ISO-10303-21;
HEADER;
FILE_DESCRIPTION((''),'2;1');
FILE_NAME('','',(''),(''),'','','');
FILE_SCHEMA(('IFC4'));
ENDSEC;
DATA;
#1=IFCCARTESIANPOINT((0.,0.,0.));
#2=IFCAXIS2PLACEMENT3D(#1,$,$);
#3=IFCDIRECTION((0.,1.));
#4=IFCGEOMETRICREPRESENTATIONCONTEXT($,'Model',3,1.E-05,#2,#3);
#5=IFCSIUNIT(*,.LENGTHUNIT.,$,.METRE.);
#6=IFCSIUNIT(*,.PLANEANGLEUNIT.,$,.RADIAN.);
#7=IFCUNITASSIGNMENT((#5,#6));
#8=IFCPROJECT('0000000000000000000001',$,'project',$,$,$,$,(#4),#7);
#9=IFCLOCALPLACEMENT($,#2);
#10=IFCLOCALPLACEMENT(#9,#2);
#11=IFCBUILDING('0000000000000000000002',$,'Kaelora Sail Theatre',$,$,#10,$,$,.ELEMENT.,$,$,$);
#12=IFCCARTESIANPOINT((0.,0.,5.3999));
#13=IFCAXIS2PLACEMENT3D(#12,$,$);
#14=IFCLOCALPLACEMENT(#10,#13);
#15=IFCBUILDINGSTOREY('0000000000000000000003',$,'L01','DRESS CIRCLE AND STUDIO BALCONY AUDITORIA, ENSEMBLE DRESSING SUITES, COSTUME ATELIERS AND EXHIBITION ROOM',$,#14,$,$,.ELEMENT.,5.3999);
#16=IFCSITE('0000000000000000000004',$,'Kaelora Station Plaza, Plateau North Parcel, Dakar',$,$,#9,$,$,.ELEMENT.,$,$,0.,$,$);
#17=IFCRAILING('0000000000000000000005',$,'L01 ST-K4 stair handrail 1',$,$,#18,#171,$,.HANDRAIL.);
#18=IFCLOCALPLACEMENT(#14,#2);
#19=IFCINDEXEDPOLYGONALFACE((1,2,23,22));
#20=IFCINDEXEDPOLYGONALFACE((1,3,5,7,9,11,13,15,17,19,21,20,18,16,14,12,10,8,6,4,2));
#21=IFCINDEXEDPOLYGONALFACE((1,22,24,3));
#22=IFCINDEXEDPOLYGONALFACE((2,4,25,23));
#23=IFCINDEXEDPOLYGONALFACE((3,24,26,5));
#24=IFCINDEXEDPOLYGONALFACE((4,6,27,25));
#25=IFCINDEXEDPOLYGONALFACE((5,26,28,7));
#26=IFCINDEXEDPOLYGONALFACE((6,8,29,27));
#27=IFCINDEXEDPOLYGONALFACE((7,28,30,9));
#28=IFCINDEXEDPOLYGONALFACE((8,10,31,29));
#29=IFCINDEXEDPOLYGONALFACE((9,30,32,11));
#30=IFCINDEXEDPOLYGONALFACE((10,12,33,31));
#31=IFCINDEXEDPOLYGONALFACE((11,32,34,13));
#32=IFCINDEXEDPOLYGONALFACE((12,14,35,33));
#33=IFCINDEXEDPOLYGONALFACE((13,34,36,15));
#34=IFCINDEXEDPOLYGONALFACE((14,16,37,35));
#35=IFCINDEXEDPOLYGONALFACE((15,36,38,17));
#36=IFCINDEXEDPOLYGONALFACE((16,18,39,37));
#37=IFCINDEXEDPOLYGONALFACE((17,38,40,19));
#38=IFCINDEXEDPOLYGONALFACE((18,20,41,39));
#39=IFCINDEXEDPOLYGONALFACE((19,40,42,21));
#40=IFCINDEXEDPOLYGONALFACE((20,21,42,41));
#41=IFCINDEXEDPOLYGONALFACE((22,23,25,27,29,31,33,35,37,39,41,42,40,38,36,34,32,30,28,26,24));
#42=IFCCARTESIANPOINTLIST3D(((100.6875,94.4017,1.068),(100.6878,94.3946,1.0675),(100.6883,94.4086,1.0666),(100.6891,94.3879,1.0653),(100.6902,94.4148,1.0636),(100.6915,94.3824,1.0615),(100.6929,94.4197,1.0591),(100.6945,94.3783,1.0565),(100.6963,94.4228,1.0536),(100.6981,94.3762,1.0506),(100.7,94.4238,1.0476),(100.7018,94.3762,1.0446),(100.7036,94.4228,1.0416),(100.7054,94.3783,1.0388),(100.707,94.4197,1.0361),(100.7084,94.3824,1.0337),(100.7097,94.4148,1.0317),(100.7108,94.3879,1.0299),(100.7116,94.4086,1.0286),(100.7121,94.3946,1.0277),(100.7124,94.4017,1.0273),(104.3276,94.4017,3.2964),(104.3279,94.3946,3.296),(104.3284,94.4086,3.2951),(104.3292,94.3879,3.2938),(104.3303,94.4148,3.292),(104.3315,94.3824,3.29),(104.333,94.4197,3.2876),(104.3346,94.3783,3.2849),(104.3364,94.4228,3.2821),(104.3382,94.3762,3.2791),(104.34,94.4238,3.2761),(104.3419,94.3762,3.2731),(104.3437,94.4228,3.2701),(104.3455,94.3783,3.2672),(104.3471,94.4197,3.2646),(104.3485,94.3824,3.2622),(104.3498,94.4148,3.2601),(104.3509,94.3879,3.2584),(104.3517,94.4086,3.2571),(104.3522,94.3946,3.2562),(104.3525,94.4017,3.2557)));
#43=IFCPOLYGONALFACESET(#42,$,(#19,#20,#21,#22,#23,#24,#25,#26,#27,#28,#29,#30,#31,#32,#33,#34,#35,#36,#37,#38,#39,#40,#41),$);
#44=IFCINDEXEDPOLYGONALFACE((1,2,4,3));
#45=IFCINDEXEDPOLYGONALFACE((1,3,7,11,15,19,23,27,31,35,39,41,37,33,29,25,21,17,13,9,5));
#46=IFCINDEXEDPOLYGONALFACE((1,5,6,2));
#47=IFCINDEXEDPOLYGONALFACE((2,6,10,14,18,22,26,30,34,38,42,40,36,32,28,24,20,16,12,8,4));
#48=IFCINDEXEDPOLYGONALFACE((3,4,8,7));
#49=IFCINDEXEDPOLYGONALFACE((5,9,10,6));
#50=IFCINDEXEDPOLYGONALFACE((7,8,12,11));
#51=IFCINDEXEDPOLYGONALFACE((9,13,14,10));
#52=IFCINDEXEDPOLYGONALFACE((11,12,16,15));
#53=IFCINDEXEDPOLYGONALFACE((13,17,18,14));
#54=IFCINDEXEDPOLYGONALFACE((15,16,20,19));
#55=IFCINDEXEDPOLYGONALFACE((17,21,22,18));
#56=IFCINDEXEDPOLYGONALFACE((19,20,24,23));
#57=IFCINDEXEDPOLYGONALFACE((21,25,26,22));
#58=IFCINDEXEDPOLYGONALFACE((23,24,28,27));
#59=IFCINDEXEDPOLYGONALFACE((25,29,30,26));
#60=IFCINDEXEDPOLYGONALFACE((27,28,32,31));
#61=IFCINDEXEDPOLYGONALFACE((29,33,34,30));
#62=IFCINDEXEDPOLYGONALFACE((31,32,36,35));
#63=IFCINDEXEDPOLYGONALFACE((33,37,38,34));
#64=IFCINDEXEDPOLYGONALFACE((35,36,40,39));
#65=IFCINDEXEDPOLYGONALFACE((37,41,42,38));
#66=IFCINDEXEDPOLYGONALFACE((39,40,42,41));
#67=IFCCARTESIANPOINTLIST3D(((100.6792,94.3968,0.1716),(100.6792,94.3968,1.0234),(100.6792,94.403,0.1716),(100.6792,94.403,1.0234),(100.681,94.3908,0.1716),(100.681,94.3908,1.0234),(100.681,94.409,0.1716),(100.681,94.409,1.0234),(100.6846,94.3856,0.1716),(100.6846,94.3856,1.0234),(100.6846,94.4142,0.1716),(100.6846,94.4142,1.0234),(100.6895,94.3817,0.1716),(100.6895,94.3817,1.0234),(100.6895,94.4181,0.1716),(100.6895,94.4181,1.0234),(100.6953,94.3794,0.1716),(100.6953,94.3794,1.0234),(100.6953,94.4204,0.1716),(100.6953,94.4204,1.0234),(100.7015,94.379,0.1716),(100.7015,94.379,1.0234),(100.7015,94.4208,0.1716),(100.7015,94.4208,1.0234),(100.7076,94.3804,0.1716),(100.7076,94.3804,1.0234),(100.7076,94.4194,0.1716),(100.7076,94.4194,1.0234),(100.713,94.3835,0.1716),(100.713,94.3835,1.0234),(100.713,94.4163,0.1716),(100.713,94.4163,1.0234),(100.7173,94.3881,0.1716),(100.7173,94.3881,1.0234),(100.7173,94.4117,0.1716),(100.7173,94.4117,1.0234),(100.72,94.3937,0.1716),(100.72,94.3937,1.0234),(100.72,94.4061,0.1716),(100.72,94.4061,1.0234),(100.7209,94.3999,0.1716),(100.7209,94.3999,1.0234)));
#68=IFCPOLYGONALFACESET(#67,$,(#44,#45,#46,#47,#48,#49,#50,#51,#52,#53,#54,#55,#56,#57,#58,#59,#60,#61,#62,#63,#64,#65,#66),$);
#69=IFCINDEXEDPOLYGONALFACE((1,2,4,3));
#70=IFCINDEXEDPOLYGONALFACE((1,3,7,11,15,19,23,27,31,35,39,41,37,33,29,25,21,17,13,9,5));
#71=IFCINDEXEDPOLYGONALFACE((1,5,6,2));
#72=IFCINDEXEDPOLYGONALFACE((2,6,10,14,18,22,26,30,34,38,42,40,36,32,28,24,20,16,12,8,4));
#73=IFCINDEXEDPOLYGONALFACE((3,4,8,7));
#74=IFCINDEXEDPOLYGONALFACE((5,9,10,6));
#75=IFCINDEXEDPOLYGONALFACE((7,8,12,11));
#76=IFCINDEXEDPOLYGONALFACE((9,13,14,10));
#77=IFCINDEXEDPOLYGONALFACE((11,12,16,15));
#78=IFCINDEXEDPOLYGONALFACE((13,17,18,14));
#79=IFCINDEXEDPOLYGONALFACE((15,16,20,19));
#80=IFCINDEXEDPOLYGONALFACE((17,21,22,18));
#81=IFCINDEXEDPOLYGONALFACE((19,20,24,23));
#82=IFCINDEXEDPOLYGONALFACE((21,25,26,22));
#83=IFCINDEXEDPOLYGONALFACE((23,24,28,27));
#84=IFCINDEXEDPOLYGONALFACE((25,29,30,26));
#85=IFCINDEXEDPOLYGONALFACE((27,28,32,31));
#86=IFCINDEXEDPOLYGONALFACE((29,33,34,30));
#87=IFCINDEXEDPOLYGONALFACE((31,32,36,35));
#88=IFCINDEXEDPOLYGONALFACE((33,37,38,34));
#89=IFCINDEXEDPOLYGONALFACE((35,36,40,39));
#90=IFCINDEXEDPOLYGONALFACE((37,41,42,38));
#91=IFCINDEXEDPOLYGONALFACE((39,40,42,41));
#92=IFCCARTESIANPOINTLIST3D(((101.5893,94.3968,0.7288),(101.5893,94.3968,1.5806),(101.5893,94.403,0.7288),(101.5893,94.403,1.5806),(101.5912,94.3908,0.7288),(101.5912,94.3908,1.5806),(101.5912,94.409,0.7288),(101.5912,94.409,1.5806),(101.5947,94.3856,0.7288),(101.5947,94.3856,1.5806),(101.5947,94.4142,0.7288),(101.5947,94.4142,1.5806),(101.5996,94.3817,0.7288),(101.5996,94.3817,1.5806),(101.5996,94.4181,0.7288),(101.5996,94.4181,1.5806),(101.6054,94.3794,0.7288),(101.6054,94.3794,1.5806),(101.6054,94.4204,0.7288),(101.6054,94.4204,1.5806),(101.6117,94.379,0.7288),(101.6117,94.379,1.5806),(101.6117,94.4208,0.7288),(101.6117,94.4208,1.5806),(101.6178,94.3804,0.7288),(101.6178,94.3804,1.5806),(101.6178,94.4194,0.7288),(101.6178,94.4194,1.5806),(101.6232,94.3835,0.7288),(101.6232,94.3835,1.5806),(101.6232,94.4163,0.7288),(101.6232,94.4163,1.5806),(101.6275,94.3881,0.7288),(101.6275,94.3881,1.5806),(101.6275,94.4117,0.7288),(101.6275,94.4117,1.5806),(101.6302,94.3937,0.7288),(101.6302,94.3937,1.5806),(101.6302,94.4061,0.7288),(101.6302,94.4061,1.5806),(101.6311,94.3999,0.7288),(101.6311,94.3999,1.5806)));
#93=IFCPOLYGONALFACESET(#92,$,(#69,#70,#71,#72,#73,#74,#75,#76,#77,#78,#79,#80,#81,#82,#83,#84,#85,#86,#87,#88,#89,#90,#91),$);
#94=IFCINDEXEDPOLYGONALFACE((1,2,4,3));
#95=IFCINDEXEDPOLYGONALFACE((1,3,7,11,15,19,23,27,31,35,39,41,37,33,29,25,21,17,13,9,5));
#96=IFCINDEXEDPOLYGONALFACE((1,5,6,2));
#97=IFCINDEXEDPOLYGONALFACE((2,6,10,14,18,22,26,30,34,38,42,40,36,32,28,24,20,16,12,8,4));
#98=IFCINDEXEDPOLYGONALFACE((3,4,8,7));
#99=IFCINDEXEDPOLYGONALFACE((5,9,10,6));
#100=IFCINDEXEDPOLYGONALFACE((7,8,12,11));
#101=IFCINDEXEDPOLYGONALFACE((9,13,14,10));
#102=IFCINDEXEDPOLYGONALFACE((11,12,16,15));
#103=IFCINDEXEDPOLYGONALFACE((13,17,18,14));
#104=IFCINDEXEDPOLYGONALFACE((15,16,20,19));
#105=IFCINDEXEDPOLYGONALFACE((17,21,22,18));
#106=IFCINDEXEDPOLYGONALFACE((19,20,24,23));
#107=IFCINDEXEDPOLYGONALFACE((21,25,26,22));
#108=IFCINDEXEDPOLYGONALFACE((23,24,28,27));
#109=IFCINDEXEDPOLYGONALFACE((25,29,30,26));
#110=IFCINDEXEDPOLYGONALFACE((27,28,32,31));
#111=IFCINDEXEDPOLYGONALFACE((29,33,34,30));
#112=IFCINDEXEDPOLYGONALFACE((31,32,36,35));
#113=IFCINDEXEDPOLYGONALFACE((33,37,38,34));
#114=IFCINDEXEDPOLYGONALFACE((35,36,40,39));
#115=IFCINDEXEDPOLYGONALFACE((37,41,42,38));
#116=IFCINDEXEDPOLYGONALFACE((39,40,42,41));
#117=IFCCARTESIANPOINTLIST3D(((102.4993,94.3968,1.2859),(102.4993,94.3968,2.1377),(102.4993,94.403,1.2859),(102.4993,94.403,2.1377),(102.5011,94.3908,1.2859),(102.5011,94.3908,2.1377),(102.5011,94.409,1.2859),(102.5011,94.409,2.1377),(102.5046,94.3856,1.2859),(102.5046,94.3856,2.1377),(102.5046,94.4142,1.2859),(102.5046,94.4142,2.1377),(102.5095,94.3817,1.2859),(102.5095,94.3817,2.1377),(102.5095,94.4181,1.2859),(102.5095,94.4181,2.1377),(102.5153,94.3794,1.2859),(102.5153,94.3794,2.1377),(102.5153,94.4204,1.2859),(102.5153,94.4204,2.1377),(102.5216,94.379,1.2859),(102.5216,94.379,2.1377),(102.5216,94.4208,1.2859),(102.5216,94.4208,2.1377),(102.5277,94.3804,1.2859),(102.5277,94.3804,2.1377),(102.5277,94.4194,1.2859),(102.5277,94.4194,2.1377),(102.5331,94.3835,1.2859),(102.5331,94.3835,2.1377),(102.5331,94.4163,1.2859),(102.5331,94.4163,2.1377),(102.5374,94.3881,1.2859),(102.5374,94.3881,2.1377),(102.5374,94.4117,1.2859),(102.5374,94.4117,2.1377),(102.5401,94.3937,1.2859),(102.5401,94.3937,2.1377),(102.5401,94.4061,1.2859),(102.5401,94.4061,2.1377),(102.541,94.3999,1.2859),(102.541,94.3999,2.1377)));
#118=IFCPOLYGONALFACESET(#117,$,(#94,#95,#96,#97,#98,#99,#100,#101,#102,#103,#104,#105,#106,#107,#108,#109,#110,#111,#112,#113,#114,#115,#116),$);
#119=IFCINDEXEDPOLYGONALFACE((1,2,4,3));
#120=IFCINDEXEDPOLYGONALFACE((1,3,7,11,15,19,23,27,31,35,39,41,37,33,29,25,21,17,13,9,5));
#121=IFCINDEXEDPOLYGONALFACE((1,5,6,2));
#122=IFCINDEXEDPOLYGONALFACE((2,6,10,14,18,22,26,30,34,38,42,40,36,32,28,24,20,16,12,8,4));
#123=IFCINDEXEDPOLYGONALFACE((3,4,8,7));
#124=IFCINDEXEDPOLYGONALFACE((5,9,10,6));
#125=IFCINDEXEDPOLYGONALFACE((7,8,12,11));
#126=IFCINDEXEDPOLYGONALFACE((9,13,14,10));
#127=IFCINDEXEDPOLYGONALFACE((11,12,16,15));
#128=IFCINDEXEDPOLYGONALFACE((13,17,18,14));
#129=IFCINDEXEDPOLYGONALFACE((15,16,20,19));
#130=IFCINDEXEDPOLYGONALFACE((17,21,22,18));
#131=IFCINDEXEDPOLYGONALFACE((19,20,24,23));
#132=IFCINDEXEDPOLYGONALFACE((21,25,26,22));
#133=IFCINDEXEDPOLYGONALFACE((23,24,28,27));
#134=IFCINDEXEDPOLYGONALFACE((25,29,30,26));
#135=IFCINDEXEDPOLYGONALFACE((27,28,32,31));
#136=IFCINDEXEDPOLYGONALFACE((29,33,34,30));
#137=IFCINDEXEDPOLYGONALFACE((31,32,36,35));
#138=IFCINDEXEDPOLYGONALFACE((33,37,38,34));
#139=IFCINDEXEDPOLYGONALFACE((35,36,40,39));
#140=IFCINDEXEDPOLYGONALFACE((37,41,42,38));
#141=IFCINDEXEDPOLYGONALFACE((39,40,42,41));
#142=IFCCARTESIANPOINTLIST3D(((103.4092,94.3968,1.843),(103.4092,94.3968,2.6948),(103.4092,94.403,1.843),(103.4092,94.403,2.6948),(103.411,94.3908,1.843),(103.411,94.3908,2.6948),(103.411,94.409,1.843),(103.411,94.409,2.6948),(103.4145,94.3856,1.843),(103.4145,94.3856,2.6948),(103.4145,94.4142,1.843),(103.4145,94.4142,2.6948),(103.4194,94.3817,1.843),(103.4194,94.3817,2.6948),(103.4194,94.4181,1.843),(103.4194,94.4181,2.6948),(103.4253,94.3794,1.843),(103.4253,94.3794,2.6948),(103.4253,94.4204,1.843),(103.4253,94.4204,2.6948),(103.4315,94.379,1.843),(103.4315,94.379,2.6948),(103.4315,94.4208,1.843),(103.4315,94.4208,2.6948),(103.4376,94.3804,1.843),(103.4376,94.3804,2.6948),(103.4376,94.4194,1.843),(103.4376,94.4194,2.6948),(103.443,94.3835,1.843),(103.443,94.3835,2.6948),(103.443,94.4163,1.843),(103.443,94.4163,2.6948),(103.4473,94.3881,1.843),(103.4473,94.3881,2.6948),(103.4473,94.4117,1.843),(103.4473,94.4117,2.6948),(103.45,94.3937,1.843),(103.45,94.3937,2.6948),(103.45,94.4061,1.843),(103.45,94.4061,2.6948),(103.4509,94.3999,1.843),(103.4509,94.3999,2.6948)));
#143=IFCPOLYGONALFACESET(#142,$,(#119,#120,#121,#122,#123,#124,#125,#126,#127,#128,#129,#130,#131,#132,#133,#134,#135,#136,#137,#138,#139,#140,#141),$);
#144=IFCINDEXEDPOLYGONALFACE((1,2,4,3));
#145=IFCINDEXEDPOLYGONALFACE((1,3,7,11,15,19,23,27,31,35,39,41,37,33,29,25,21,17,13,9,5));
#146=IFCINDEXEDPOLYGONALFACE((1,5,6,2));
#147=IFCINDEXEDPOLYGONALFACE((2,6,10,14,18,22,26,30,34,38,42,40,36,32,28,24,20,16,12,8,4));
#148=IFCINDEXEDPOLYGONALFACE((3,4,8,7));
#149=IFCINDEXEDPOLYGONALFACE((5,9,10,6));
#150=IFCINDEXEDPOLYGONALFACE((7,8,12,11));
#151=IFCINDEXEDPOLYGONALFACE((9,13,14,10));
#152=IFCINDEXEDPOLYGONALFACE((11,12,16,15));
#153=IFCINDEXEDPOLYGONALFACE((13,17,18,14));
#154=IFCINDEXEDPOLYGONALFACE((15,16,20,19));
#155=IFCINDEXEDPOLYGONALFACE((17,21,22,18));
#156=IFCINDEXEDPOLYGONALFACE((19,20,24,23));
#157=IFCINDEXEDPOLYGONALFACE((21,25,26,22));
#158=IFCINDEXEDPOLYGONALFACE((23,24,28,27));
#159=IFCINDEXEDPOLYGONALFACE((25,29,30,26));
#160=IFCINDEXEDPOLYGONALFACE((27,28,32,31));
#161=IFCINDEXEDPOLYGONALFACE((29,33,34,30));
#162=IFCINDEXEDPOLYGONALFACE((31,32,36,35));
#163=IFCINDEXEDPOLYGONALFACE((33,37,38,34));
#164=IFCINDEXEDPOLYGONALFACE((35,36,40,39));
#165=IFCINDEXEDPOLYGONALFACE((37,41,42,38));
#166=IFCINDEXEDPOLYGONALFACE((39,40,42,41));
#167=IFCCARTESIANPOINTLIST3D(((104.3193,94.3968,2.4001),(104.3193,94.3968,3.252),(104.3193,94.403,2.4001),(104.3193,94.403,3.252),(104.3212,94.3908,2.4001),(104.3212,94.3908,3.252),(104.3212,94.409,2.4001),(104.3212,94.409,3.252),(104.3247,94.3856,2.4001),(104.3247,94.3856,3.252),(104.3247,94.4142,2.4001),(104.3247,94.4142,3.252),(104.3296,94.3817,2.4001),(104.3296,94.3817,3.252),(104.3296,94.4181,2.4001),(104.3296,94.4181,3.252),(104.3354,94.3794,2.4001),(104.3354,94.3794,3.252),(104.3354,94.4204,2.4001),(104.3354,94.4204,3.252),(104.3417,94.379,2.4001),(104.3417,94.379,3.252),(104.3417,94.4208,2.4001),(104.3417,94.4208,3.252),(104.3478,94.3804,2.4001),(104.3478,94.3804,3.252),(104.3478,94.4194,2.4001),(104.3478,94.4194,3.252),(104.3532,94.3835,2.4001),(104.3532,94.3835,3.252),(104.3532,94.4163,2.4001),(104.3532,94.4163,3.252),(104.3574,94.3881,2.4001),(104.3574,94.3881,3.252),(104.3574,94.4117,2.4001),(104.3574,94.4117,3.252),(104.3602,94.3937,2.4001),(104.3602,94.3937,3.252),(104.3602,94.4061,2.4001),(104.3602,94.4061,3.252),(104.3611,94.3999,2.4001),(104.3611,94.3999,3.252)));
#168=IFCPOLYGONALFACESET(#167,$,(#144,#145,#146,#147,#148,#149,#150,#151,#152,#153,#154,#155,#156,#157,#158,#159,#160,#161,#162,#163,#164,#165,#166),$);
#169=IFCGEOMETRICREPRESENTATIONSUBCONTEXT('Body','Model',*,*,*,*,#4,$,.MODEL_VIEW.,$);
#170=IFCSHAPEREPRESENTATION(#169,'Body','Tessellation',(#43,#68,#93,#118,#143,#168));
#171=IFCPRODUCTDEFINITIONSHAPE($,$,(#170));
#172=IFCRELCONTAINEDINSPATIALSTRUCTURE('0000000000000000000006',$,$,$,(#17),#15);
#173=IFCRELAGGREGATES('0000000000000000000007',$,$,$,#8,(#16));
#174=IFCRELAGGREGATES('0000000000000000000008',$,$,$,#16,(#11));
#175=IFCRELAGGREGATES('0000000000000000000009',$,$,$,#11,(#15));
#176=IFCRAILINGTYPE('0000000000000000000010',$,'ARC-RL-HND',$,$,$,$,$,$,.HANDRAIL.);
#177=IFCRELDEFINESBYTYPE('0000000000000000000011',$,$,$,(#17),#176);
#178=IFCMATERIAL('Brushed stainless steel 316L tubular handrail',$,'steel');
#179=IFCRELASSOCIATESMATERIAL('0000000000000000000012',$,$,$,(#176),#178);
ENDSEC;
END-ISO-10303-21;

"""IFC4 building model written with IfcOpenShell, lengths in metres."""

from ifc_helpers import new_model, si_unit, direction, frame, origin, origin_2d, place, context, subcontext, project, spatial, circle, extrude, material, type_object, element, save


model = new_model("IFC4")

# Units and contexts
model_context = context("Model", 3, precision=1e-05, world=origin(), true_north=direction((0.0, 1.0)))
body_context = subcontext(model_context, "Body", "Model", "MODEL_VIEW")
ifc_project = project(units=[si_unit("LENGTHUNIT", "METRE"), si_unit("PLANEANGLEUNIT", "RADIAN")], contexts=[model_context])

# Site, building, storey
site_placement = place(None, origin())
site = spatial("IfcSite", under=ifc_project, at=site_placement, Name="Kaelora Station Plaza, Plateau North Parcel, Dakar", CompositionType="ELEMENT", RefElevation=0.0)
building_placement = place(site_placement, origin())
building = spatial("IfcBuilding", under=site, at=building_placement, Name="Kaelora Sail Theatre", CompositionType="ELEMENT")
storey_placement = place(building_placement, frame((0.0, 0.0, 5.3999)))
storey = spatial("IfcBuildingStorey", under=building, at=storey_placement, Name="L01", Description="DRESS CIRCLE AND STUDIO BALCONY AUDITORIA, ENSEMBLE DRESSING SUITES, COSTUME ATELIERS AND EXHIBITION ROOM", CompositionType="ELEMENT", Elevation=5.3999)

# Railing
ifc_material_1 = material(Name="Brushed stainless steel 316L tubular handrail", Category="steel")
railing_type_1 = type_object("IfcRailingType", Name="ARC-RL-HND", PredefinedType="HANDRAIL", material=ifc_material_1)
railing_1_placement = place(storey_placement, frame((100.7, 94.3999, 0.1716)))
element("IfcRailing", 1, at=railing_1_placement, inside=storey, type_object=railing_type_1, Name="L01 ST-K4 stair handrail 1", PredefinedType="HANDRAIL", context=body_context, shape_type="SweptSolid", body=[
    extrude(circle(Radius=0.0239, at=origin_2d()), frame((0.0, 0.0, 0.876), z_axis=(0.852866, 0.0, 0.52213), x_axis=(0.0, 1.0, 0.0)), (0.0, 0.0, 1.0), 4.2681),
    extrude(circle(Radius=0.021, at=origin_2d()), origin(), (0.0, 0.0, 1.0), 0.8518),
    extrude(circle(Radius=0.021, at=origin_2d()), frame((0.9102, 0.0, 0.5571)), (0.0, 0.0, 1.0), 0.8518),
    extrude(circle(Radius=0.021, at=origin_2d()), frame((1.8201, 0.0, 1.1143)), (0.0, 0.0, 1.0), 0.8518),
    extrude(circle(Radius=0.021, at=origin_2d()), frame((2.73, 0.0, 1.6714)), (0.0, 0.0, 1.0), 0.8518),
    extrude(circle(Radius=0.021, at=origin_2d()), frame((3.6401, 0.0, 2.2285)), (0.0, 0.0, 1.0), 0.8518),
])

save(model, "model.ifc")
